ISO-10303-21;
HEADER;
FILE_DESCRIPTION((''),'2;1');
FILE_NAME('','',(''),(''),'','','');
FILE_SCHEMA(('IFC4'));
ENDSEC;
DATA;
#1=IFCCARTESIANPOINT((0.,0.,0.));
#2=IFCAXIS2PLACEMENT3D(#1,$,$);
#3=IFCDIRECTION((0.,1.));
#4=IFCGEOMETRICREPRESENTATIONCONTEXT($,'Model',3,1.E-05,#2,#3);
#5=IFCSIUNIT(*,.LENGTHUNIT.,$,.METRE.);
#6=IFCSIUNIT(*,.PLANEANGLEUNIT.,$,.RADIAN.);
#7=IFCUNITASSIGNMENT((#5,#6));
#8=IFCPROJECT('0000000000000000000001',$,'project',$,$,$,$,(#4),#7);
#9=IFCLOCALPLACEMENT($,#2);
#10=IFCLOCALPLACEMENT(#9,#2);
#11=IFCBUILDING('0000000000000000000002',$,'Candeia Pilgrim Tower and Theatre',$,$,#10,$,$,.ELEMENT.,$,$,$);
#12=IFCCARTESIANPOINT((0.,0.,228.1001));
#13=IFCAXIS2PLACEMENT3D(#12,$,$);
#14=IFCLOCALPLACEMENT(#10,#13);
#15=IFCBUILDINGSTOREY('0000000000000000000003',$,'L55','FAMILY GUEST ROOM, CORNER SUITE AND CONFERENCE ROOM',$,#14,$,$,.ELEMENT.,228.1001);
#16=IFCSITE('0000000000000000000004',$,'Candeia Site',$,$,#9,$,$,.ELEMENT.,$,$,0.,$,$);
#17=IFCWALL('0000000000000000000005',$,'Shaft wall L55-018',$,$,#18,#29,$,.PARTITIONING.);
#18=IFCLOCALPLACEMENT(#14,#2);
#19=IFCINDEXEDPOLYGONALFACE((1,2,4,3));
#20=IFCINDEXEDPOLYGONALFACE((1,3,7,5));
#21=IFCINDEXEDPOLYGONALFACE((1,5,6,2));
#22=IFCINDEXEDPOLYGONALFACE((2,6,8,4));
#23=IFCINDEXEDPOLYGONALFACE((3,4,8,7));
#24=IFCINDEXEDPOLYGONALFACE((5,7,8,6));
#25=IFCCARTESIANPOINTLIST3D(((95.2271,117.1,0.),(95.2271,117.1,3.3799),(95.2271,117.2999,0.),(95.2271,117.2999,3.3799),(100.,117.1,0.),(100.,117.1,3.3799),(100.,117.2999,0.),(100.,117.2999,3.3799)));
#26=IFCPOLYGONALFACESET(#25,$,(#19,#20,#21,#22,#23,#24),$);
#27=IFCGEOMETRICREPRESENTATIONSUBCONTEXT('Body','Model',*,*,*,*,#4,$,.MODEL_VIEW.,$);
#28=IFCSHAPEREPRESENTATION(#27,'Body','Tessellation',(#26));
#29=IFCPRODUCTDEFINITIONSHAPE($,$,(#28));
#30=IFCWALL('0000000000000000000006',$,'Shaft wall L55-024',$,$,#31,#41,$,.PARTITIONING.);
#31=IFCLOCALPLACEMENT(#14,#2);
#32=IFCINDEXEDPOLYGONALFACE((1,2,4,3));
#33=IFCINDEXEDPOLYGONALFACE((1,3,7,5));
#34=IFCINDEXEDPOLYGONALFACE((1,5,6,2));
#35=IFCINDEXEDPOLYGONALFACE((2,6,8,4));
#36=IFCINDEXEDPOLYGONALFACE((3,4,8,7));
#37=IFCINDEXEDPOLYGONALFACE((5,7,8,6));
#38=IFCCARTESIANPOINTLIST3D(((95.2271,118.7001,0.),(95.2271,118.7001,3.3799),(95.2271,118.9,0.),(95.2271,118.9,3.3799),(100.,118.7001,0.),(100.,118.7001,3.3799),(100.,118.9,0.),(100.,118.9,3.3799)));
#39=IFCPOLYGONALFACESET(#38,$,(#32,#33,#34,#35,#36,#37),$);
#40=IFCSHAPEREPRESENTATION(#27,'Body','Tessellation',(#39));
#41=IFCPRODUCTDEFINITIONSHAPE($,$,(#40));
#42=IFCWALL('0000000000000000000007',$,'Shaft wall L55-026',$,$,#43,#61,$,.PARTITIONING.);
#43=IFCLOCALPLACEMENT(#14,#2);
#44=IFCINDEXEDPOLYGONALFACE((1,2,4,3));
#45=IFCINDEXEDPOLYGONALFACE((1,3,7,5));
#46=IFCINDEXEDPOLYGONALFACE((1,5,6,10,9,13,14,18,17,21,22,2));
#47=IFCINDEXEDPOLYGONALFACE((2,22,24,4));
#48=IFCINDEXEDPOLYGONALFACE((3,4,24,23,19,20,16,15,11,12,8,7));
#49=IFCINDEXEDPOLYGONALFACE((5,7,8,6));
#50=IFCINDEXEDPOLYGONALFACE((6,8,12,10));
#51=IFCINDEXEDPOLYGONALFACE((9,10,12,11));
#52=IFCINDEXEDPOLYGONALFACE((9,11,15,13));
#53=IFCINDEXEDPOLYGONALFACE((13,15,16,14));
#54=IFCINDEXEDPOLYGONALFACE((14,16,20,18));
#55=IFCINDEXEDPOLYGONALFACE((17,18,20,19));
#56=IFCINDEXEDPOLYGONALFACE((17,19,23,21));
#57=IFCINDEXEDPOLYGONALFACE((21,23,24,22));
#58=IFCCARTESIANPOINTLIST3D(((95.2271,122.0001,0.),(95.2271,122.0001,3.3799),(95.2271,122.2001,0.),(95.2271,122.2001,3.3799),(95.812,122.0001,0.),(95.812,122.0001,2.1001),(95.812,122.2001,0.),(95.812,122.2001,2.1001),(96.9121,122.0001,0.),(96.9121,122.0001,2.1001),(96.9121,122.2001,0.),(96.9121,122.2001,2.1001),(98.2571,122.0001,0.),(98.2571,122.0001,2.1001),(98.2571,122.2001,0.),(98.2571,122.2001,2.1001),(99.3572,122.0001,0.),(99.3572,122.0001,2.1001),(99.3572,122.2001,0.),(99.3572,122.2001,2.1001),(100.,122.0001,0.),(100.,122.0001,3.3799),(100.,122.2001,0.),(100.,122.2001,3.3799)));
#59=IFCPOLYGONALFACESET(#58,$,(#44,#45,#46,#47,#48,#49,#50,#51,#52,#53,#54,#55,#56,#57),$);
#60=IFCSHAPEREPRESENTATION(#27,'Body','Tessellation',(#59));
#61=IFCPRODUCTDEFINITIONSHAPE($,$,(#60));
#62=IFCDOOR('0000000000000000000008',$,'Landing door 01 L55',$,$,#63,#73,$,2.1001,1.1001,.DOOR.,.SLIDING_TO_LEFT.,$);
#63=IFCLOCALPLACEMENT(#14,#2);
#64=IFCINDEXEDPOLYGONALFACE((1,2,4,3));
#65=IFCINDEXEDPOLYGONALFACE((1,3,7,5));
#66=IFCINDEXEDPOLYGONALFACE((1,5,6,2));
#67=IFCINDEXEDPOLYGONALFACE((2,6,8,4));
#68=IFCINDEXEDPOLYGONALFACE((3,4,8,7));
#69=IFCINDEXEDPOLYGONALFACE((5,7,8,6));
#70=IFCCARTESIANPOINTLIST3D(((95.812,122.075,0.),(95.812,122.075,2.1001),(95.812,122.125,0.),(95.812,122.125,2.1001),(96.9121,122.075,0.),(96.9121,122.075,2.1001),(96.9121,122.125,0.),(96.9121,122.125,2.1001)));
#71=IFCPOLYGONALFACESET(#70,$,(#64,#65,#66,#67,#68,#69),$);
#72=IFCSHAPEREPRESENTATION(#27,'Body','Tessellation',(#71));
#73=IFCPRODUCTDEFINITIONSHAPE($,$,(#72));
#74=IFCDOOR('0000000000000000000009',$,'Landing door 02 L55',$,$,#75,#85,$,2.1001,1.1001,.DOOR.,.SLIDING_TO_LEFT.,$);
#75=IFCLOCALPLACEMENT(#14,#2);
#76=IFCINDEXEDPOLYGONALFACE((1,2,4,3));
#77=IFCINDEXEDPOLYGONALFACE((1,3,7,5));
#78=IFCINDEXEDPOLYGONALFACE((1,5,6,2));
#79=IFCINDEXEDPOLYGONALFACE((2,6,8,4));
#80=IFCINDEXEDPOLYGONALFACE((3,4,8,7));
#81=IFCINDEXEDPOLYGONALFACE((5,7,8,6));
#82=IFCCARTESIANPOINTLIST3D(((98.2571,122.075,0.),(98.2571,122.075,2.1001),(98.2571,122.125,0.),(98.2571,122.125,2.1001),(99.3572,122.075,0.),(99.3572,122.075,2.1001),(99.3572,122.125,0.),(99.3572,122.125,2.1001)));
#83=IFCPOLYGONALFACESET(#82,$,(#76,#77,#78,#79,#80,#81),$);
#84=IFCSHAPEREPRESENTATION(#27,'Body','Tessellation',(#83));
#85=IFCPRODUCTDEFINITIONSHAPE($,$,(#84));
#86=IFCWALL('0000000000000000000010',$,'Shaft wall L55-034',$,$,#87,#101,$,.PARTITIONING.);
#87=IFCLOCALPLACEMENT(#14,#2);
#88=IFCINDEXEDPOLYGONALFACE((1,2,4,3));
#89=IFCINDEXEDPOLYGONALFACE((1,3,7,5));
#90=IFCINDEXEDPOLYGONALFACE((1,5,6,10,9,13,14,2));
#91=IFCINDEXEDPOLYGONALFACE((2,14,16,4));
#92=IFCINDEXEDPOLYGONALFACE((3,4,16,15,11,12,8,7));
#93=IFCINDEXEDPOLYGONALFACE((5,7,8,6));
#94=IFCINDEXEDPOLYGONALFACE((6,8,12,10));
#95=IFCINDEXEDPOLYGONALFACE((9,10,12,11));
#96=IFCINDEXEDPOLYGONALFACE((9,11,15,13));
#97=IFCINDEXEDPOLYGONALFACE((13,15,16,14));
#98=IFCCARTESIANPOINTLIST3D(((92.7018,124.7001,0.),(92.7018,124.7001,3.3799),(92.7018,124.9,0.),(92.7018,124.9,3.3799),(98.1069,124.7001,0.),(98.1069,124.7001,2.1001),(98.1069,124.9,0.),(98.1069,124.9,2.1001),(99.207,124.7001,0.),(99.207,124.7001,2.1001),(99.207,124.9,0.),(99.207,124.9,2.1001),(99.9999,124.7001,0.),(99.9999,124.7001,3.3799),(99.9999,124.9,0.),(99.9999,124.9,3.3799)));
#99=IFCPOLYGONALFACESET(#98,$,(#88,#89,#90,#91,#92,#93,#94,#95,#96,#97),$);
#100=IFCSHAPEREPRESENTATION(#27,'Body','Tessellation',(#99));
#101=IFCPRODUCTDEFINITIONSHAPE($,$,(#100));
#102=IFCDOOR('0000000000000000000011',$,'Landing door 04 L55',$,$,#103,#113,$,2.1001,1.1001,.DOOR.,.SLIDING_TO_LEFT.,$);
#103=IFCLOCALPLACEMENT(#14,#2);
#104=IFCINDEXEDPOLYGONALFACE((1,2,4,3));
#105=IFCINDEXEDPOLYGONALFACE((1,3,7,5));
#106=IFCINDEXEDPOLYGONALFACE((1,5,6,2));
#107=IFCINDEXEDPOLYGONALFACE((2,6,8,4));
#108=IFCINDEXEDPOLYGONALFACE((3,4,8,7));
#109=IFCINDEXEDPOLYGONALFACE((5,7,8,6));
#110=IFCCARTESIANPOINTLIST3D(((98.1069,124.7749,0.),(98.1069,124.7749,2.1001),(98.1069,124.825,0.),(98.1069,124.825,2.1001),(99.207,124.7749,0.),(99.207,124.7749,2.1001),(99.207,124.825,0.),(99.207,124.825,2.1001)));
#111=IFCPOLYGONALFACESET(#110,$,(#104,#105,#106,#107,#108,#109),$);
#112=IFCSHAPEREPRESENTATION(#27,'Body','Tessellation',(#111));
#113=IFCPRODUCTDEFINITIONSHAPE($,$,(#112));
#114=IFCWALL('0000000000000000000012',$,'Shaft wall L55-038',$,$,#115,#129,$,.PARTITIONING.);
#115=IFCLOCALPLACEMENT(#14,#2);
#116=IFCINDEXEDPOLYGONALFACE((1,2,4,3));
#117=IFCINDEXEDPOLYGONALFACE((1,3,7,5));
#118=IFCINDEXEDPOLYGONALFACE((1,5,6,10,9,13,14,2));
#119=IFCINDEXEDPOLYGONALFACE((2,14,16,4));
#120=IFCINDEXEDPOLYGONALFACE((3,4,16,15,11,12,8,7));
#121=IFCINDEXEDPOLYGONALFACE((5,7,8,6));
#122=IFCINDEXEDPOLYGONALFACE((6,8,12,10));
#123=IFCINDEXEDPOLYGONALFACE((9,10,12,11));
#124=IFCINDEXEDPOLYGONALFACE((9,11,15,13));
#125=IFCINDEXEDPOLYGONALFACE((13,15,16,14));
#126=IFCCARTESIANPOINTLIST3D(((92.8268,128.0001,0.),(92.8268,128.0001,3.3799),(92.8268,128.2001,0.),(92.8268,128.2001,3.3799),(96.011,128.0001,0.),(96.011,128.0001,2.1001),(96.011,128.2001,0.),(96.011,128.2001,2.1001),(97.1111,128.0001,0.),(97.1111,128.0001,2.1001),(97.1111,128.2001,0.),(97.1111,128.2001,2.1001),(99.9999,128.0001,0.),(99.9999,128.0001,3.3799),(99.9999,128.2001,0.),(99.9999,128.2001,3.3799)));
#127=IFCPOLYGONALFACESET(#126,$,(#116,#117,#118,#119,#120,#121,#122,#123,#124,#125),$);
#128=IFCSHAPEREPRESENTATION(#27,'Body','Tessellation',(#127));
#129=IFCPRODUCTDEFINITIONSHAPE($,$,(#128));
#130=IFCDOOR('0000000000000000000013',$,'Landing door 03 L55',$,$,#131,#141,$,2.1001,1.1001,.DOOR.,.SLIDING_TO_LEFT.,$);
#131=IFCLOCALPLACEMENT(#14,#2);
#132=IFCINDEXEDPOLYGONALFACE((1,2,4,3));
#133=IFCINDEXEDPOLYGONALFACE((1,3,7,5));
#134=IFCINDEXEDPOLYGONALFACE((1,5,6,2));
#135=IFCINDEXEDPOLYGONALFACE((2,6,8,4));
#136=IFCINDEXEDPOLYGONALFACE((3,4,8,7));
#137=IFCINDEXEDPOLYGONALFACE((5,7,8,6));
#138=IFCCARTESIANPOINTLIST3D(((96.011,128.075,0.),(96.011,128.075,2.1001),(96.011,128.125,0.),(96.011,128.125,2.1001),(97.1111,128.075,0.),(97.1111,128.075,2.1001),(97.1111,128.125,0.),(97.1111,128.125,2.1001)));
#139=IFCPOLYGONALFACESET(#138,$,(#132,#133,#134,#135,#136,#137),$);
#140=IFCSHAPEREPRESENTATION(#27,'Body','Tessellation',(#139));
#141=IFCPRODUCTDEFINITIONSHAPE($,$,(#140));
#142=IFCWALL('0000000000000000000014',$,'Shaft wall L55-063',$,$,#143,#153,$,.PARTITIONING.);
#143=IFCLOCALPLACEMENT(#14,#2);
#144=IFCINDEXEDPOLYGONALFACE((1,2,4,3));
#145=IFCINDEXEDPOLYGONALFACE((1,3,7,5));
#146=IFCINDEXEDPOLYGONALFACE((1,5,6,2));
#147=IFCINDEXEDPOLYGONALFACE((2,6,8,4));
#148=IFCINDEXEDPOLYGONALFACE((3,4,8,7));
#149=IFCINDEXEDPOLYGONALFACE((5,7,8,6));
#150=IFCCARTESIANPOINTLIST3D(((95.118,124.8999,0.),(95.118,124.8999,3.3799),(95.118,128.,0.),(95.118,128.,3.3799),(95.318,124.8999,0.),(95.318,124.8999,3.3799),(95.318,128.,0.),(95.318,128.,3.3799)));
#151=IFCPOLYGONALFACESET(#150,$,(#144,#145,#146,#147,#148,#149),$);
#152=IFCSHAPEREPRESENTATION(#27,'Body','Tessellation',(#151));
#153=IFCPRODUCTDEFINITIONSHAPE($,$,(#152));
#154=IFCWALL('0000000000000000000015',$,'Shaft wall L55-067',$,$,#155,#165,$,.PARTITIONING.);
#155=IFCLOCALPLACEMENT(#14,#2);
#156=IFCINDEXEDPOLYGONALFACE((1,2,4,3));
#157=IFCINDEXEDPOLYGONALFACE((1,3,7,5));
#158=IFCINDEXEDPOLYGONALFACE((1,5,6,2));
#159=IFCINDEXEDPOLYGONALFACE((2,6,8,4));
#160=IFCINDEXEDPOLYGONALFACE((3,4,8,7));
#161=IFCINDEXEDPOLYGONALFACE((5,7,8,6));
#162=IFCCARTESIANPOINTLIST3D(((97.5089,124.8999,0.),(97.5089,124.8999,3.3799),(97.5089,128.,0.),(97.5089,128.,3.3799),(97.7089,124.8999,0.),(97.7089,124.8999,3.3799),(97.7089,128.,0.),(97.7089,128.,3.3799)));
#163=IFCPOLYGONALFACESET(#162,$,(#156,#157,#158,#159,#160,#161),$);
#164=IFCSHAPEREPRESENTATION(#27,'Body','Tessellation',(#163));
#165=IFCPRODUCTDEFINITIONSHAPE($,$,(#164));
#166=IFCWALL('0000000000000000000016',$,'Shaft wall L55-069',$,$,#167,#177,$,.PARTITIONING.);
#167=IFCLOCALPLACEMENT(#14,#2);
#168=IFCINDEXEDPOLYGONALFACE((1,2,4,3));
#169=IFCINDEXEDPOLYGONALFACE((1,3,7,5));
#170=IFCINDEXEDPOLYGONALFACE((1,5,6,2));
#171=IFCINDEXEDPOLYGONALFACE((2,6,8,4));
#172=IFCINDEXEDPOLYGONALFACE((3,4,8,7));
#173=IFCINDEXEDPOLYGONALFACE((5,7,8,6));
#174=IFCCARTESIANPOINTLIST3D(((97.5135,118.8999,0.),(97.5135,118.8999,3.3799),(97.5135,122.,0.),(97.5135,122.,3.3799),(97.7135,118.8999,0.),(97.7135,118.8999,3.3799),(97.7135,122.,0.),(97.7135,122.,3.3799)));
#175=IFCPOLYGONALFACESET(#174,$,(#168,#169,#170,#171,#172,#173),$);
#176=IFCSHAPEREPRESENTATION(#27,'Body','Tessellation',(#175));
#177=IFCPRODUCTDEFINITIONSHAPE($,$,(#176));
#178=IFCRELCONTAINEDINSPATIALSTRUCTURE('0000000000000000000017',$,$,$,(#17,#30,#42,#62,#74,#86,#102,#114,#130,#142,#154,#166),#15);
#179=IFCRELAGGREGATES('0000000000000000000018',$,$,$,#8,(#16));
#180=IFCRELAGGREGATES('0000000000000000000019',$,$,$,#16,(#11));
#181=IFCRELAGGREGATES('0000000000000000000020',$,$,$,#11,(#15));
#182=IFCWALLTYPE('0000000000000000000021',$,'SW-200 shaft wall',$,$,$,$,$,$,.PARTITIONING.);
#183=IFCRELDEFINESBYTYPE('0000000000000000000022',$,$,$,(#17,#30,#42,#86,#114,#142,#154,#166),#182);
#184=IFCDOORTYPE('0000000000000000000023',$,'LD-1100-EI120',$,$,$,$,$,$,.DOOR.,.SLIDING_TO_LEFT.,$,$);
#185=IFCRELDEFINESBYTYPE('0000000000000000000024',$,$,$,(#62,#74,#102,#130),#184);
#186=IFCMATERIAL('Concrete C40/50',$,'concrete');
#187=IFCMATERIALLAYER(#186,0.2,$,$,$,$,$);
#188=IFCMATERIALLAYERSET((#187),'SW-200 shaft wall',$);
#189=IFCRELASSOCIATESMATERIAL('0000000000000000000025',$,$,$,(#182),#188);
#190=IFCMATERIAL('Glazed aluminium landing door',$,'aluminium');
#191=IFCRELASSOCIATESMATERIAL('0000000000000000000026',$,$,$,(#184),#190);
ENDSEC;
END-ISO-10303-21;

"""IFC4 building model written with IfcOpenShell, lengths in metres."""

from ifc_helpers import new_model, si_unit, direction, frame, frame_2d, origin, place, context, subcontext, project, spatial, rectangle, extrude, material, layer, layer_set, type_object, element, fill, save


model = new_model("IFC4")

# Units and contexts
model_context = context("Model", 3, precision=1e-05, world=origin(), true_north=direction((0.0, 1.0)))
body_context = subcontext(model_context, "Body", "Model", "MODEL_VIEW")
ifc_project = project(units=[si_unit("LENGTHUNIT", "METRE"), si_unit("PLANEANGLEUNIT", "RADIAN")], contexts=[model_context])

# Site, building, storey
site_placement = place(None, origin())
site = spatial("IfcSite", under=ifc_project, at=site_placement, Name="Candeia Site", CompositionType="ELEMENT", RefElevation=0.0)
building_placement = place(site_placement, origin())
building = spatial("IfcBuilding", under=site, at=building_placement, Name="Candeia Pilgrim Tower and Theatre", CompositionType="ELEMENT")
storey_placement = place(building_placement, frame((0.0, 0.0, 228.1001)))
storey = spatial("IfcBuildingStorey", under=building, at=storey_placement, Name="L55", Description="FAMILY GUEST ROOM, CORNER SUITE AND CONFERENCE ROOM", CompositionType="ELEMENT", Elevation=228.1001)

# Walls
ifc_material_1 = material(Name="Concrete C40/50", Category="concrete")
ifc_layer_1 = layer(ifc_material_1, 0.2)
ifc_layer_set_1 = layer_set([ifc_layer_1], Name="SW-200 shaft wall")
wall_type_1 = type_object("IfcWallType", Name="SW-200 shaft wall", PredefinedType="PARTITIONING", material=ifc_layer_set_1)
for number, where, z_axis, x_axis, name in (
    (1, (95.2271, 117.2, 0.0), (0.0, 0.0, 1.0), (1.0, 0.0, 0.0), "Shaft wall L55-018"),
    (2, (95.2271, 118.8, 0.0), (0.0, 0.0, 1.0), (1.0, 0.0, 0.0), "Shaft wall L55-024"),
):
    element("IfcWall", number, at=place(storey_placement, frame(where, z_axis=z_axis, x_axis=x_axis)), inside=storey, type_object=wall_type_1, Name=name, PredefinedType="PARTITIONING", context=body_context, shape_type="SweptSolid", body=[
        extrude(rectangle(XDim=4.7729, YDim=0.2, at=frame_2d((2.3865, 0.0))), origin(), (0.0, 0.0, 1.0), 3.3799),
    ])

# Wall, openings, doors
wall_1_placement = place(storey_placement, frame((95.2271, 122.1001, 0.0), z_axis=(0.0, 0.0, 1.0), x_axis=(1.0, 0.0, 0.0)))
wall_1 = element("IfcWall", 3, at=wall_1_placement, inside=storey, type_object=wall_type_1, Name="Shaft wall L55-026", PredefinedType="PARTITIONING", context=body_context, shape_type="SweptSolid", body=[
    extrude(rectangle(XDim=4.7729, YDim=0.2, at=frame_2d((2.3865, 0.0))), origin(), (0.0, 0.0, 1.0), 3.3799),
])
opening_1_placement = place(wall_1_placement, frame((0.585, 0.0, 0.0)))
opening_1 = element("IfcOpeningElement", 4, at=opening_1_placement, cuts=wall_1, PredefinedType="OPENING", context=body_context, shape_type="SweptSolid", body=[
    extrude(rectangle(XDim=1.1001, YDim=2.1001, at=frame_2d((0.55, 1.05))), frame((0.0, 0.1099, 0.0), z_axis=(0.0, -1.0, 0.0), x_axis=(1.0, 0.0, 0.0)), (0.0, 0.0, 1.0), 0.22),
])
opening_2_placement = place(wall_1_placement, frame((3.03, 0.0, 0.0)))
opening_2 = element("IfcOpeningElement", 5, at=opening_2_placement, cuts=wall_1, PredefinedType="OPENING", context=body_context, shape_type="SweptSolid", body=[
    extrude(rectangle(XDim=1.1001, YDim=2.1001, at=frame_2d((0.55, 1.05))), frame((0.0, 0.1099, 0.0), z_axis=(0.0, -1.0, 0.0), x_axis=(1.0, 0.0, 0.0)), (0.0, 0.0, 1.0), 0.22),
])
ifc_material_2 = material(Name="Glazed aluminium landing door", Category="aluminium")
door_type_1 = type_object("IfcDoorType", Name="LD-1100-EI120", OperationType="SLIDING_TO_LEFT", PredefinedType="DOOR", material=ifc_material_2)
door_1_placement = place(opening_1_placement, origin())
door_1 = element("IfcDoor", 6, at=door_1_placement, inside=storey, type_object=door_type_1, Name="Landing door 01 L55", OperationType="SLIDING_TO_LEFT", OverallHeight=2.1001, OverallWidth=1.1001, PredefinedType="DOOR", context=body_context, shape_type="SweptSolid", body=[
    extrude(rectangle(XDim=1.1001, YDim=2.1001, at=frame_2d((0.55, 1.05))), frame((0.0, 0.0249, 0.0), z_axis=(0.0, -1.0, 0.0), x_axis=(1.0, 0.0, 0.0)), (0.0, 0.0, 1.0), 0.05),
])
fill(opening_1, door_1)
door_2_placement = place(opening_2_placement, origin())
door_2 = element("IfcDoor", 7, at=door_2_placement, inside=storey, type_object=door_type_1, Name="Landing door 02 L55", OperationType="SLIDING_TO_LEFT", OverallHeight=2.1001, OverallWidth=1.1001, PredefinedType="DOOR", context=body_context, shape_type="SweptSolid", body=[
    extrude(rectangle(XDim=1.1001, YDim=2.1001, at=frame_2d((0.55, 1.05))), frame((0.0, 0.0249, 0.0), z_axis=(0.0, -1.0, 0.0), x_axis=(1.0, 0.0, 0.0)), (0.0, 0.0, 1.0), 0.05),
])
fill(opening_2, door_2)

# Walls, openings, doors
wall_2_placement = place(storey_placement, frame((92.7019, 124.8, 0.0), z_axis=(0.0, 0.0, 1.0), x_axis=(1.0, 0.0, 0.0)))
wall_2 = element("IfcWall", 8, at=wall_2_placement, inside=storey, type_object=wall_type_1, Name="Shaft wall L55-034", PredefinedType="PARTITIONING", context=body_context, shape_type="SweptSolid", body=[
    extrude(rectangle(XDim=7.2981, YDim=0.2, at=frame_2d((3.6489, 0.0))), origin(), (0.0, 0.0, 1.0), 3.3799),
])
opening_3_placement = place(wall_2_placement, frame((5.405, 0.0, 0.0)))
opening_3 = element("IfcOpeningElement", 9, at=opening_3_placement, cuts=wall_2, PredefinedType="OPENING", context=body_context, shape_type="SweptSolid", body=[
    extrude(rectangle(XDim=1.1001, YDim=2.1001, at=frame_2d((0.55, 1.05))), frame((0.0, 0.1099, 0.0), z_axis=(0.0, -1.0, 0.0), x_axis=(1.0, 0.0, 0.0)), (0.0, 0.0, 1.0), 0.22),
])
door_3_placement = place(opening_3_placement, origin())
door_3 = element("IfcDoor", 10, at=door_3_placement, inside=storey, type_object=door_type_1, Name="Landing door 04 L55", OperationType="SLIDING_TO_LEFT", OverallHeight=2.1001, OverallWidth=1.1001, PredefinedType="DOOR", context=body_context, shape_type="SweptSolid", body=[
    extrude(rectangle(XDim=1.1001, YDim=2.1001, at=frame_2d((0.55, 1.05))), frame((0.0, 0.0249, 0.0), z_axis=(0.0, -1.0, 0.0), x_axis=(1.0, 0.0, 0.0)), (0.0, 0.0, 1.0), 0.05),
])
fill(opening_3, door_3)
wall_3_placement = place(storey_placement, frame((92.8269, 128.1001, 0.0), z_axis=(0.0, 0.0, 1.0), x_axis=(1.0, 0.0, 0.0)))
wall_3 = element("IfcWall", 11, at=wall_3_placement, inside=storey, type_object=wall_type_1, Name="Shaft wall L55-038", PredefinedType="PARTITIONING", context=body_context, shape_type="SweptSolid", body=[
    extrude(rectangle(XDim=7.1731, YDim=0.2, at=frame_2d((3.5864, 0.0))), origin(), (0.0, 0.0, 1.0), 3.3799),
])
opening_4_placement = place(wall_3_placement, frame((3.1841, 0.0, 0.0)))
opening_4 = element("IfcOpeningElement", 12, at=opening_4_placement, cuts=wall_3, PredefinedType="OPENING", context=body_context, shape_type="SweptSolid", body=[
    extrude(rectangle(XDim=1.1001, YDim=2.1001, at=frame_2d((0.55, 1.05))), frame((0.0, 0.1099, 0.0), z_axis=(0.0, -1.0, 0.0), x_axis=(1.0, 0.0, 0.0)), (0.0, 0.0, 1.0), 0.22),
])
door_4_placement = place(opening_4_placement, origin())
door_4 = element("IfcDoor", 13, at=door_4_placement, inside=storey, type_object=door_type_1, Name="Landing door 03 L55", OperationType="SLIDING_TO_LEFT", OverallHeight=2.1001, OverallWidth=1.1001, PredefinedType="DOOR", context=body_context, shape_type="SweptSolid", body=[
    extrude(rectangle(XDim=1.1001, YDim=2.1001, at=frame_2d((0.55, 1.05))), frame((0.0, 0.0249, 0.0), z_axis=(0.0, -1.0, 0.0), x_axis=(1.0, 0.0, 0.0)), (0.0, 0.0, 1.0), 0.05),
])
fill(opening_4, door_4)

# Walls
for number, where, z_axis, x_axis, name in (
    (14, (95.218, 124.8999, 0.0), (0.0, 0.0, 1.0), (0.0, 1.0, 0.0), "Shaft wall L55-063"),
    (15, (97.6089, 124.8999, 0.0), (0.0, 0.0, 1.0), (0.0, 1.0, 0.0), "Shaft wall L55-067"),
    (16, (97.6135, 118.8999, 0.0), (0.0, 0.0, 1.0), (0.0, 1.0, 0.0), "Shaft wall L55-069"),
):
    element("IfcWall", number, at=place(storey_placement, frame(where, z_axis=z_axis, x_axis=x_axis)), inside=storey, type_object=wall_type_1, Name=name, PredefinedType="PARTITIONING", context=body_context, shape_type="SweptSolid", body=[
        extrude(rectangle(XDim=3.1001, YDim=0.2, at=frame_2d((1.55, 0.0))), origin(), (0.0, 0.0, 1.0), 3.3799),
    ])

save(model, "model.ifc")
